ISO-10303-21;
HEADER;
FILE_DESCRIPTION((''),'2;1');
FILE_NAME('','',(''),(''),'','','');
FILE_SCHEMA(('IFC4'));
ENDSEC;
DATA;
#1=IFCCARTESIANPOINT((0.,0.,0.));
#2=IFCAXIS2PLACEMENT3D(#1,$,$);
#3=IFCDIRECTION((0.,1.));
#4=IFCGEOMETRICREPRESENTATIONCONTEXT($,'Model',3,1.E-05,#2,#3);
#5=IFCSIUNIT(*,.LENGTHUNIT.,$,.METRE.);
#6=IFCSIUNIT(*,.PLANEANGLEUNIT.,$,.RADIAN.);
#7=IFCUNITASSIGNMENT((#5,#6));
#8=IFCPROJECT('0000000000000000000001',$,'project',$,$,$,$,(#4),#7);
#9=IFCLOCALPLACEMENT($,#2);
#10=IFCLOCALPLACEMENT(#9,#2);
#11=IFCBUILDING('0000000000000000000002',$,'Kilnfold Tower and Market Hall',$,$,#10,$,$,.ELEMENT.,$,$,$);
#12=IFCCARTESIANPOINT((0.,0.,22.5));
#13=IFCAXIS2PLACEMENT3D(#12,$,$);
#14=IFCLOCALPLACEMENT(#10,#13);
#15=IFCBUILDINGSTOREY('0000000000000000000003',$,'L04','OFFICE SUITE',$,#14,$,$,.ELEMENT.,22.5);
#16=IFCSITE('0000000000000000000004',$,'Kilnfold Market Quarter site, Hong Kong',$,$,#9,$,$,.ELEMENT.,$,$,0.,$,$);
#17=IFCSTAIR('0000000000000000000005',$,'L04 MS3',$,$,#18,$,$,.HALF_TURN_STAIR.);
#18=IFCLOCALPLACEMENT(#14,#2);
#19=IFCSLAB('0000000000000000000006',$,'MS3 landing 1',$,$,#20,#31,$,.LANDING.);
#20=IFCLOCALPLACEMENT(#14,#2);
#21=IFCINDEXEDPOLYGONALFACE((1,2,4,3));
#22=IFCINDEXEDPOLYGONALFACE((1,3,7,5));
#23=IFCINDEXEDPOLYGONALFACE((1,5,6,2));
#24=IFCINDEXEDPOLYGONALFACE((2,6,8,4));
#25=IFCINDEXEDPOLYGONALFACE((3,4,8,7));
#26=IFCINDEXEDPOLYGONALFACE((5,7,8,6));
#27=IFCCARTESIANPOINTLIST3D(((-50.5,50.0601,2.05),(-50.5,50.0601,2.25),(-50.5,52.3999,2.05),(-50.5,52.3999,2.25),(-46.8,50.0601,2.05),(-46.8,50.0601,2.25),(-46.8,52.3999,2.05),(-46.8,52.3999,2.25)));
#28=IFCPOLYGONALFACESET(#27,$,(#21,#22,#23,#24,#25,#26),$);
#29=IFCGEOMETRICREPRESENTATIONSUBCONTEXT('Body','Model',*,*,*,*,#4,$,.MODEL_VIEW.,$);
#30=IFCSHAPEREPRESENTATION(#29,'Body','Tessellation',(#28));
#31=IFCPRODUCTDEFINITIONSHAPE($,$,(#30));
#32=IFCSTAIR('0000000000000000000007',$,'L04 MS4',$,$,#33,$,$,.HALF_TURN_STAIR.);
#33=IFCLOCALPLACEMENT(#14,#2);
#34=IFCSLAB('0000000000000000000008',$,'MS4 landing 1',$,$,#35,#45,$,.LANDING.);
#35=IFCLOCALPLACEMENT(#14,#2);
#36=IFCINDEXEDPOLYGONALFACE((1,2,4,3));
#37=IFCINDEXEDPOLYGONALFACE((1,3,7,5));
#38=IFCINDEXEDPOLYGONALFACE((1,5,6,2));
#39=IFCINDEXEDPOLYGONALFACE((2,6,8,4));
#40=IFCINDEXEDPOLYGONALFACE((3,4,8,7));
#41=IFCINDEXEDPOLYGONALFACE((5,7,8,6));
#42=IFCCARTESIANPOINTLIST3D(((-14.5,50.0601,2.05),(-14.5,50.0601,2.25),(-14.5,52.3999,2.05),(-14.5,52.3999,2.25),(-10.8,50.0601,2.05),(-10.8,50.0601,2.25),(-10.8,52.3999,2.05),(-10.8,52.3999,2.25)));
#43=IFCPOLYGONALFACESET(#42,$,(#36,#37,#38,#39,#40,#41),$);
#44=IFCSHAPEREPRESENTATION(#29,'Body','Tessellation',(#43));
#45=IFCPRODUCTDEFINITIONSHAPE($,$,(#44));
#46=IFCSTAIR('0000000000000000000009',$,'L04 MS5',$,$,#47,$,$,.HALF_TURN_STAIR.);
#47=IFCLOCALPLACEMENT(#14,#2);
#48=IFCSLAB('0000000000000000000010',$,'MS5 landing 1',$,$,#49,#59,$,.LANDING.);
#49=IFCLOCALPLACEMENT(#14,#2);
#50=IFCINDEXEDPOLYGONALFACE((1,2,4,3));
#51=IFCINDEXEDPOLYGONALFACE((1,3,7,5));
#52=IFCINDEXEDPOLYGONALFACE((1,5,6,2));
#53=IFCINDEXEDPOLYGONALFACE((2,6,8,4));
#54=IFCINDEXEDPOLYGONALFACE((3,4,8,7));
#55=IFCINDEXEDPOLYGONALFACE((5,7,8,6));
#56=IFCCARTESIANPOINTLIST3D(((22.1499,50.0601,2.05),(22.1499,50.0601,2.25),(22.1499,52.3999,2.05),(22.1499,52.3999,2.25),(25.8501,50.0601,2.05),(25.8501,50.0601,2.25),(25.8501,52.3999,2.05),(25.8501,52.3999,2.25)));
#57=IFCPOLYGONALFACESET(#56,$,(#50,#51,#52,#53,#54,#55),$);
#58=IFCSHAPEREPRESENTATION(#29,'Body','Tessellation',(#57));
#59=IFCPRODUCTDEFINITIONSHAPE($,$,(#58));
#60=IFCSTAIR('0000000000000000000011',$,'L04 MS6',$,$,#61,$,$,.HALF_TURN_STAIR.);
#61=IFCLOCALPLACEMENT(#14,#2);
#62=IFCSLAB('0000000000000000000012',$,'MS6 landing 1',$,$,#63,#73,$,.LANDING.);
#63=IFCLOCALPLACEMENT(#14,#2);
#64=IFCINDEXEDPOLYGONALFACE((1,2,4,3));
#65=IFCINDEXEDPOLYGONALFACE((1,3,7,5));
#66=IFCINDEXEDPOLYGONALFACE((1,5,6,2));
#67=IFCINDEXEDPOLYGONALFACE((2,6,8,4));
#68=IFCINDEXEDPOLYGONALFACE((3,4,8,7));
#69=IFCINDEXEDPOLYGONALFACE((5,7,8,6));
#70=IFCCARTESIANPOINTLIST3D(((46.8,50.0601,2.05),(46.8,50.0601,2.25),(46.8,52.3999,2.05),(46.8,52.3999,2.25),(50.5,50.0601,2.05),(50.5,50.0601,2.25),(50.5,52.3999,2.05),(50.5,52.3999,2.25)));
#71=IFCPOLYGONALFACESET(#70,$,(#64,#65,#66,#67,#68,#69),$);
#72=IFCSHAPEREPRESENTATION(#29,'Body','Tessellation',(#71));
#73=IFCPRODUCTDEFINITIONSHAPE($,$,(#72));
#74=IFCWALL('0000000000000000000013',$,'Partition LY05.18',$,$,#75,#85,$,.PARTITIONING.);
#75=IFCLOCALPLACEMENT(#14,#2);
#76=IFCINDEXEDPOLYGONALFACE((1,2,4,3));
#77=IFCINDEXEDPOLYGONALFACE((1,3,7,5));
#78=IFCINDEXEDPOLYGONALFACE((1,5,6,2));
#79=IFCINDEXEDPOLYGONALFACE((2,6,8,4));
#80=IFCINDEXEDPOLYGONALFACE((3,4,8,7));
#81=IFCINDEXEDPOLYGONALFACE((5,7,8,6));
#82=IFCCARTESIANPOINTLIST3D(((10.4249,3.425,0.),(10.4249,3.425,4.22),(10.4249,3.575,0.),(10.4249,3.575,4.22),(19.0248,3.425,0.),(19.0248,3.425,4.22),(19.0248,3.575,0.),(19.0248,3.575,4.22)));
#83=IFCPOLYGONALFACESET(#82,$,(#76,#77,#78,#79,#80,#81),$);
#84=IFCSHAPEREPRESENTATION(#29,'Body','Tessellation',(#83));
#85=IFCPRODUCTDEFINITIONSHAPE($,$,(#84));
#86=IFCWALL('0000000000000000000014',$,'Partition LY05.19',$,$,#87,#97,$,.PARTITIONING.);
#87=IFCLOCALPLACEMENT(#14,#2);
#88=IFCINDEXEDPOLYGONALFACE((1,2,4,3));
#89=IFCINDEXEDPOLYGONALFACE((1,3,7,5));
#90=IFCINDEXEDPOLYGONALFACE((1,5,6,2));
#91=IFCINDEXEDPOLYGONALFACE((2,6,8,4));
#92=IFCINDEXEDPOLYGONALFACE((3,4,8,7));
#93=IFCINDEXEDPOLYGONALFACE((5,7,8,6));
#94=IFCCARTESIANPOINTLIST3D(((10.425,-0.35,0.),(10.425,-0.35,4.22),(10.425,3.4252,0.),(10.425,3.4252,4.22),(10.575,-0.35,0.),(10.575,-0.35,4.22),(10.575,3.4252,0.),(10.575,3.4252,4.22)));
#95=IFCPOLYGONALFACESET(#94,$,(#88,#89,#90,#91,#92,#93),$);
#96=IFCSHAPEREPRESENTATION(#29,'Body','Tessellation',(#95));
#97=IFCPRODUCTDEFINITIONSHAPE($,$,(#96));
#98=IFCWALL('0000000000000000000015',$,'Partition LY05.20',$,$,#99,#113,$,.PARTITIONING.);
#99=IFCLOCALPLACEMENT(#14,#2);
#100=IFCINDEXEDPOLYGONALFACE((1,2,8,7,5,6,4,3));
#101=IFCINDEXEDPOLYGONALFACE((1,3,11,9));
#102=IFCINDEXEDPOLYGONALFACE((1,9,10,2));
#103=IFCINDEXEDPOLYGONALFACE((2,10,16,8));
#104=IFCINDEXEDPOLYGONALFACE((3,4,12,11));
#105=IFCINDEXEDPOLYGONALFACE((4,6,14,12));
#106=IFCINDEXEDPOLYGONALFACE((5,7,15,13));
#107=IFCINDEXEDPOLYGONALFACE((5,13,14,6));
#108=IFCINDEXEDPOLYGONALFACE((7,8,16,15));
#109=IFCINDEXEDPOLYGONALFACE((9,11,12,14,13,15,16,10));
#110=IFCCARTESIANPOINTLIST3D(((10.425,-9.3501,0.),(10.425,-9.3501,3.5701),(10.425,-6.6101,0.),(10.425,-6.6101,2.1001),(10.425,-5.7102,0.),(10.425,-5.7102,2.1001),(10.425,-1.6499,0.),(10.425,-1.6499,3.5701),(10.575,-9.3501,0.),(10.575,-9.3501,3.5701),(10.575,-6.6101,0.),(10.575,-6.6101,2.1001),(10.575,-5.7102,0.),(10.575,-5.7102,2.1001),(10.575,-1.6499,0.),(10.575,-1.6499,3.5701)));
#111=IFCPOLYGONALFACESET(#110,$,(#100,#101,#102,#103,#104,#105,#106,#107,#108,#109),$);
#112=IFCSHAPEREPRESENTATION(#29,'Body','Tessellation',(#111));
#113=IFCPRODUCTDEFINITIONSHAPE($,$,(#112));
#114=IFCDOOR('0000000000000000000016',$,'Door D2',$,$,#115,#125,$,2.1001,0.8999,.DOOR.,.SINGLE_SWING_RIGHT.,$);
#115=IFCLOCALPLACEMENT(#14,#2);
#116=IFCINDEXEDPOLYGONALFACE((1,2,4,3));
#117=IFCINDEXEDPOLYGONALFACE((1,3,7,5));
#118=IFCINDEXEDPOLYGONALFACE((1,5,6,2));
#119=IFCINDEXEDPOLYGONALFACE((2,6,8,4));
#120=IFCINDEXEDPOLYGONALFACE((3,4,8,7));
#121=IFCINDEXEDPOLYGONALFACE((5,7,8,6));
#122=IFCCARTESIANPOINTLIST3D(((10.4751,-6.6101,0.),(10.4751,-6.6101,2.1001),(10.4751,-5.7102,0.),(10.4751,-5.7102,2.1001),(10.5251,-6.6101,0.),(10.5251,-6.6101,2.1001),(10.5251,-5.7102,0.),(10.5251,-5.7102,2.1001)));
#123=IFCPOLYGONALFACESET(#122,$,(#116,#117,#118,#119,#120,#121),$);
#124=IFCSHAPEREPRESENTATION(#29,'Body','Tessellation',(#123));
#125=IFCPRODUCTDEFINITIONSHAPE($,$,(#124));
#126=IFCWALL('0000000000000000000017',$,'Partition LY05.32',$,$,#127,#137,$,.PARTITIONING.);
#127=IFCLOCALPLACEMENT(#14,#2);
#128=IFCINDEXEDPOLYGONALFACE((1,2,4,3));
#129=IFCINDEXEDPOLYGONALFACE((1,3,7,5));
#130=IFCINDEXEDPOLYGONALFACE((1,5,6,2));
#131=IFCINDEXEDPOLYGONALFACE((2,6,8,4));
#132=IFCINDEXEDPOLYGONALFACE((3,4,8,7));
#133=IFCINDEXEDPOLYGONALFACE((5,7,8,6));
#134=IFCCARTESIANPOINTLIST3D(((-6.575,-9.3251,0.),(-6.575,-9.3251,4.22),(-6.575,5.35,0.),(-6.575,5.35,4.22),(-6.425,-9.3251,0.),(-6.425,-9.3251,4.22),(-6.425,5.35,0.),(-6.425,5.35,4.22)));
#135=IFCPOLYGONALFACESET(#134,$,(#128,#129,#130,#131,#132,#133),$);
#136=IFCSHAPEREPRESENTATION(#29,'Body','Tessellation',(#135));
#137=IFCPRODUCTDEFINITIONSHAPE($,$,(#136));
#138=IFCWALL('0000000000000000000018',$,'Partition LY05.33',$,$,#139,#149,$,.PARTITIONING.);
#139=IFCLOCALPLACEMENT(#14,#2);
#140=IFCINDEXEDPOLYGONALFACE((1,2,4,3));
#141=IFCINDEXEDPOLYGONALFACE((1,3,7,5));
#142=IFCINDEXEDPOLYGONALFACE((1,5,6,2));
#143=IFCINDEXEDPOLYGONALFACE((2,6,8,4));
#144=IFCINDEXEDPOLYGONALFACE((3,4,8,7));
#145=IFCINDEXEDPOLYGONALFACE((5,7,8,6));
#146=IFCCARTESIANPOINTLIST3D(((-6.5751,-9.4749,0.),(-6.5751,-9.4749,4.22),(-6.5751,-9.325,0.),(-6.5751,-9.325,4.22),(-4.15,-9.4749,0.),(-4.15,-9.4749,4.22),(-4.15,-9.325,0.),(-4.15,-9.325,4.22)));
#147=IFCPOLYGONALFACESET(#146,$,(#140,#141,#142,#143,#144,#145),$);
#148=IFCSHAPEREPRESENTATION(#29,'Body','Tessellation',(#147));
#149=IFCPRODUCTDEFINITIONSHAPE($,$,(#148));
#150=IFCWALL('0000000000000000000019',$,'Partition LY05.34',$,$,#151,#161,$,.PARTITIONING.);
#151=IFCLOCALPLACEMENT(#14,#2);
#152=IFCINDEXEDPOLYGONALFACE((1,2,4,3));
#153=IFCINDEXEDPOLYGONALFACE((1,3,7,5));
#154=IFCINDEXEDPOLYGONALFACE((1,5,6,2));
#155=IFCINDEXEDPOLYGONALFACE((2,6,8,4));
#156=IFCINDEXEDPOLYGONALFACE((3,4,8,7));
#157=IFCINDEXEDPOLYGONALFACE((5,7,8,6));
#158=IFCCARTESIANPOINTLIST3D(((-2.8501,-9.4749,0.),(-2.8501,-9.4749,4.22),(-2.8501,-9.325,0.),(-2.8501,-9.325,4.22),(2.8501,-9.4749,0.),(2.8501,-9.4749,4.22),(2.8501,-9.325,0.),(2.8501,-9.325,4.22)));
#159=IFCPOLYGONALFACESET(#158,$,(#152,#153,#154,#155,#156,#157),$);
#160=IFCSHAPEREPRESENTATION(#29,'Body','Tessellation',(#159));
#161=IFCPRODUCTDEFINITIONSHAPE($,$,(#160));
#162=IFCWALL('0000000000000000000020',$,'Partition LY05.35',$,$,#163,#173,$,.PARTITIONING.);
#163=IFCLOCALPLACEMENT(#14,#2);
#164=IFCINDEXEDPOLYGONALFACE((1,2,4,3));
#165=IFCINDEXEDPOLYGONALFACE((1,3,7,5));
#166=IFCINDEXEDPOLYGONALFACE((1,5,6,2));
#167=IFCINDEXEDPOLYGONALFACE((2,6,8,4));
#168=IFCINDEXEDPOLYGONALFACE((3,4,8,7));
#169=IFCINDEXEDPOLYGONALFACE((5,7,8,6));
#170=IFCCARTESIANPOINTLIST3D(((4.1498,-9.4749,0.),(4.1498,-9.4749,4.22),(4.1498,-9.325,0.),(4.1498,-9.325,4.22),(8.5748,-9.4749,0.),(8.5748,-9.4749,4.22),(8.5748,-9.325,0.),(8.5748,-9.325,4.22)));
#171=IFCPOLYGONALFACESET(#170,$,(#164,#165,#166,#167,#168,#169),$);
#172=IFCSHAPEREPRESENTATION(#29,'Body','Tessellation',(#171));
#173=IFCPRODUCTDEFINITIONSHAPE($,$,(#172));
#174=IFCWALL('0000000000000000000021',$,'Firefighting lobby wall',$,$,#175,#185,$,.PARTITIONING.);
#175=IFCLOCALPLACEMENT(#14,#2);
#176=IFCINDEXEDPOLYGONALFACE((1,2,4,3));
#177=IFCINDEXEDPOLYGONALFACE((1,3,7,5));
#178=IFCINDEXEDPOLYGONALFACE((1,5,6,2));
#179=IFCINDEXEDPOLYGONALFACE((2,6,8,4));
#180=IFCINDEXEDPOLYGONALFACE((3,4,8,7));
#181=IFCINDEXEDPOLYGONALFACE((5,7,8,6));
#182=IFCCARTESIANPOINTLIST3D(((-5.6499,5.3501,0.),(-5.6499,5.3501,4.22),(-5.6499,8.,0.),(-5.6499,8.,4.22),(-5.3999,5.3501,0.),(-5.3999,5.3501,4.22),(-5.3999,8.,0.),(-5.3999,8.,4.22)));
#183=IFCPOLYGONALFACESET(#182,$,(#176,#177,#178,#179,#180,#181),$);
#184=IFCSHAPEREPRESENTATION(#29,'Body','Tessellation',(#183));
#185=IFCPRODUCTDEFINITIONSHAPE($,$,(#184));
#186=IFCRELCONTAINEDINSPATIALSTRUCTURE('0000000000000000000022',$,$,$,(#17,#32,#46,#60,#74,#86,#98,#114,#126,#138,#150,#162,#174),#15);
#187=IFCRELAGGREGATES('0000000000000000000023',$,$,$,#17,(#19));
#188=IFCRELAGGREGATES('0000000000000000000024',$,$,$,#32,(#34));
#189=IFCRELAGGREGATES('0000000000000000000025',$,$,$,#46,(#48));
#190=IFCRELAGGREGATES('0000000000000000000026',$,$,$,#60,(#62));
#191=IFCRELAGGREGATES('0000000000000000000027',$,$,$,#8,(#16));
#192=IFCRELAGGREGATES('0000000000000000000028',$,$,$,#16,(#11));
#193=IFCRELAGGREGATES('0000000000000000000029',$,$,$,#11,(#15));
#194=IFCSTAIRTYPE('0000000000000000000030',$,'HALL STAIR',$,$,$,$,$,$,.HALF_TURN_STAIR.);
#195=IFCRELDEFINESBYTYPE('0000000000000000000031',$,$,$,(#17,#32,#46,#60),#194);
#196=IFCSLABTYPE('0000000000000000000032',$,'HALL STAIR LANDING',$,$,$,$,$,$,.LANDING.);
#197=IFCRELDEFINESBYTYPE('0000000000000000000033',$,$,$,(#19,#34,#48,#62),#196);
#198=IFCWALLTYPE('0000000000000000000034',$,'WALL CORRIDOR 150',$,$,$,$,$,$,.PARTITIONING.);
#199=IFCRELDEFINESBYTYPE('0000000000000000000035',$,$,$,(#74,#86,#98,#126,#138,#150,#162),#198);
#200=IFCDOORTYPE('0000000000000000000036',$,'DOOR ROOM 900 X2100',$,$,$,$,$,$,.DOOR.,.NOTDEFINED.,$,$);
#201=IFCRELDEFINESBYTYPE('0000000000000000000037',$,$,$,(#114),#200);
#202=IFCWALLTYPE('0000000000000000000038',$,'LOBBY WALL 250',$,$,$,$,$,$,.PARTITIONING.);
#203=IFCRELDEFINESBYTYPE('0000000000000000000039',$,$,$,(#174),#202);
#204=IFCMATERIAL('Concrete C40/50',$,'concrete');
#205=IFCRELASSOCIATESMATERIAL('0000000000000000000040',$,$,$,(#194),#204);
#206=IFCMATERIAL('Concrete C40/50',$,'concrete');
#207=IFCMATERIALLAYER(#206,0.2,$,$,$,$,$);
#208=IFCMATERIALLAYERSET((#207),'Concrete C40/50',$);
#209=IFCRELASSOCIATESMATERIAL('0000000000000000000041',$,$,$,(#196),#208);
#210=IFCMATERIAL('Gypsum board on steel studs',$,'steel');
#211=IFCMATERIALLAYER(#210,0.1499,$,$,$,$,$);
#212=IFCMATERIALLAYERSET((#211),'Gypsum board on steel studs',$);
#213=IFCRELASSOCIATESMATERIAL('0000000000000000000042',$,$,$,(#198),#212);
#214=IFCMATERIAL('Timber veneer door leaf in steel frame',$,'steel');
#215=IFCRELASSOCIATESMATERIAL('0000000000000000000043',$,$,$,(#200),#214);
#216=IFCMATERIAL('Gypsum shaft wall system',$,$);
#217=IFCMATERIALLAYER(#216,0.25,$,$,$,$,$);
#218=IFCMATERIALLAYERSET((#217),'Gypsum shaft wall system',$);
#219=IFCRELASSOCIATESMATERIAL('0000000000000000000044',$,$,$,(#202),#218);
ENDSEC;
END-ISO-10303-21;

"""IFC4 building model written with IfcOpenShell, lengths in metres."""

from ifc_helpers import new_model, si_unit, direction, frame, frame_2d, origin, place, context, subcontext, project, spatial, polyline, rectangle, outline, extrude, source, transform, mapped, material, layer, layer_set, type_object, element, fill, aggregate, save


model = new_model("IFC4")

# Units and contexts
model_context = context("Model", 3, precision=1e-05, world=origin(), true_north=direction((0.0, 1.0)))
body_context = subcontext(model_context, "Body", "Model", "MODEL_VIEW")
ifc_project = project(units=[si_unit("LENGTHUNIT", "METRE"), si_unit("PLANEANGLEUNIT", "RADIAN")], contexts=[model_context])

# Site, building, storey
site_placement = place(None, origin())
site = spatial("IfcSite", under=ifc_project, at=site_placement, Name="Kilnfold Market Quarter site, Hong Kong", CompositionType="ELEMENT", RefElevation=0.0)
building_placement = place(site_placement, origin())
building = spatial("IfcBuilding", under=site, at=building_placement, Name="Kilnfold Tower and Market Hall", CompositionType="ELEMENT")
storey_placement = place(building_placement, frame((0.0, 0.0, 22.5)))
storey = spatial("IfcBuildingStorey", under=building, at=storey_placement, Name="L04", Description="OFFICE SUITE", CompositionType="ELEMENT", Elevation=22.5)

# Stairs, slabs
ifc_material_1 = material(Name="Concrete C40/50", Category="concrete")
stair_type_1 = type_object("IfcStairType", Name="HALL STAIR", PredefinedType="HALF_TURN_STAIR", material=ifc_material_1)
ifc_material_2 = material(Name="Concrete C40/50", Category="concrete")
ifc_layer_1 = layer(ifc_material_2, 0.2)
ifc_layer_set_1 = layer_set([ifc_layer_1], Name="Concrete C40/50")
slab_type_1 = type_object("IfcSlabType", Name="HALL STAIR LANDING", PredefinedType="LANDING", material=ifc_layer_set_1)
stair_1_placement = place(storey_placement, origin())
stair_1 = element("IfcStair", 1, at=stair_1_placement, inside=storey, type_object=stair_type_1, Name="L04 MS3", PredefinedType="HALF_TURN_STAIR")
shared_shape_1 = source(origin(), body_context, "Body", "SweptSolid", [
    extrude(outline(polyline([(-46.8, 50.0601), (-46.8, 52.3999), (-50.5, 52.3999), (-50.5, 50.0601), (-46.8, 50.0601)])), origin(), (0.0, 0.0, 1.0), 0.2),
])
slab_1_placement = place(storey_placement, frame((0.0, 0.0, 2.05)))
slab_1 = element("IfcSlab", 2, at=slab_1_placement, type_object=slab_type_1, Name="MS3 landing 1", PredefinedType="LANDING", context=body_context, shape_type="MappedRepresentation", body=[
    mapped(shared_shape_1, transform((0.0, 0.0, 0.0))),
])
aggregate(stair_1, [slab_1])
stair_2_placement = place(storey_placement, origin())
stair_2 = element("IfcStair", 3, at=stair_2_placement, inside=storey, type_object=stair_type_1, Name="L04 MS4", PredefinedType="HALF_TURN_STAIR")
shared_shape_2 = source(origin(), body_context, "Body", "SweptSolid", [
    extrude(outline(polyline([(-10.8, 50.0601), (-10.8, 52.3999), (-14.5, 52.3999), (-14.5, 50.0601), (-10.8, 50.0601)])), origin(), (0.0, 0.0, 1.0), 0.2),
])
slab_2_placement = place(storey_placement, frame((0.0, 0.0, 2.05)))
slab_2 = element("IfcSlab", 4, at=slab_2_placement, type_object=slab_type_1, Name="MS4 landing 1", PredefinedType="LANDING", context=body_context, shape_type="MappedRepresentation", body=[
    mapped(shared_shape_2, transform((0.0, 0.0, 0.0))),
])
aggregate(stair_2, [slab_2])
stair_3_placement = place(storey_placement, origin())
stair_3 = element("IfcStair", 5, at=stair_3_placement, inside=storey, type_object=stair_type_1, Name="L04 MS5", PredefinedType="HALF_TURN_STAIR")
shared_shape_3 = source(origin(), body_context, "Body", "SweptSolid", [
    extrude(outline(polyline([(25.8501, 50.0601), (25.8501, 52.3999), (22.1499, 52.3999), (22.1499, 50.0601), (25.8501, 50.0601)])), origin(), (0.0, 0.0, 1.0), 0.2),
])
slab_3_placement = place(storey_placement, frame((0.0, 0.0, 2.05)))
slab_3 = element("IfcSlab", 6, at=slab_3_placement, type_object=slab_type_1, Name="MS5 landing 1", PredefinedType="LANDING", context=body_context, shape_type="MappedRepresentation", body=[
    mapped(shared_shape_3, transform((0.0, 0.0, 0.0))),
])
aggregate(stair_3, [slab_3])
stair_4_placement = place(storey_placement, origin())
stair_4 = element("IfcStair", 7, at=stair_4_placement, inside=storey, type_object=stair_type_1, Name="L04 MS6", PredefinedType="HALF_TURN_STAIR")
shared_shape_4 = source(origin(), body_context, "Body", "SweptSolid", [
    extrude(outline(polyline([(50.5, 50.0601), (50.5, 52.3999), (46.8, 52.3999), (46.8, 50.0601), (50.5, 50.0601)])), origin(), (0.0, 0.0, 1.0), 0.2),
])
slab_4_placement = place(storey_placement, frame((0.0, 0.0, 2.05)))
slab_4 = element("IfcSlab", 8, at=slab_4_placement, type_object=slab_type_1, Name="MS6 landing 1", PredefinedType="LANDING", context=body_context, shape_type="MappedRepresentation", body=[
    mapped(shared_shape_4, transform((0.0, 0.0, 0.0))),
])
aggregate(stair_4, [slab_4])

# Walls
ifc_material_3 = material(Name="Gypsum board on steel studs", Category="steel")
ifc_layer_2 = layer(ifc_material_3, 0.1499)
ifc_layer_set_2 = layer_set([ifc_layer_2], Name="Gypsum board on steel studs")
wall_type_1 = type_object("IfcWallType", Name="WALL CORRIDOR 150", PredefinedType="PARTITIONING", material=ifc_layer_set_2)
wall_1_placement = place(storey_placement, frame((10.425, 3.5, 0.0), z_axis=(0.0, 0.0, 1.0), x_axis=(1.0, 0.0, 0.0)))
element("IfcWall", 9, at=wall_1_placement, inside=storey, type_object=wall_type_1, Name="Partition LY05.18", PredefinedType="PARTITIONING", context=body_context, shape_type="SweptSolid", body=[
    extrude(rectangle(XDim=8.5999, YDim=0.1499, at=frame_2d((4.2998, 0.0))), origin(), (0.0, 0.0, 1.0), 4.22),
])
wall_2_placement = place(storey_placement, frame((10.5, -0.3501, 0.0), z_axis=(0.0, 0.0, 1.0), x_axis=(0.0, 1.0, 0.0)))
element("IfcWall", 10, at=wall_2_placement, inside=storey, type_object=wall_type_1, Name="Partition LY05.19", PredefinedType="PARTITIONING", context=body_context, shape_type="SweptSolid", body=[
    extrude(rectangle(XDim=3.7751, YDim=0.1499, at=frame_2d((1.8877, 0.0))), origin(), (0.0, 0.0, 1.0), 4.22),
])

# Wall, opening, door
wall_3_placement = place(storey_placement, frame((10.5, -9.3501, 0.0), z_axis=(0.0, 0.0, 1.0), x_axis=(0.0, 1.0, 0.0)))
wall_3 = element("IfcWall", 11, at=wall_3_placement, inside=storey, type_object=wall_type_1, Name="Partition LY05.20", PredefinedType="PARTITIONING", context=body_context, shape_type="SweptSolid", body=[
    extrude(rectangle(XDim=7.7002, YDim=0.1499, at=frame_2d((3.8501, 0.0))), origin(), (0.0, 0.0, 1.0), 3.5701),
])
opening_placement = place(wall_3_placement, frame((2.74, 0.0, 0.0)))
opening = element("IfcOpeningElement", 12, at=opening_placement, cuts=wall_3, PredefinedType="OPENING", context=body_context, shape_type="SweptSolid", body=[
    extrude(rectangle(XDim=0.8999, YDim=2.1001, at=frame_2d((0.45, 1.05))), frame((0.0, 0.085, 0.0), z_axis=(0.0, -1.0, 0.0), x_axis=(1.0, 0.0, 0.0)), (0.0, 0.0, 1.0), 0.1699),
])
ifc_material_4 = material(Name="Timber veneer door leaf in steel frame", Category="steel")
door_type = type_object("IfcDoorType", Name="DOOR ROOM 900 X2100", OperationType="NOTDEFINED", PredefinedType="DOOR", material=ifc_material_4)
door_placement = place(opening_placement, origin())
door = element("IfcDoor", 13, at=door_placement, inside=storey, type_object=door_type, Name="Door D2", OperationType="SINGLE_SWING_RIGHT", OverallHeight=2.1001, OverallWidth=0.8999, PredefinedType="DOOR", context=body_context, shape_type="SweptSolid", body=[
    extrude(rectangle(XDim=0.8999, YDim=2.1001, at=frame_2d((0.45, 1.05))), frame((0.0, 0.0249, 0.0), z_axis=(0.0, -1.0, 0.0), x_axis=(1.0, 0.0, 0.0)), (0.0, 0.0, 1.0), 0.05),
])
fill(opening, door)

# Walls
wall_4_placement = place(storey_placement, frame((-6.5, -9.325, 0.0), z_axis=(0.0, 0.0, 1.0), x_axis=(0.0, 1.0, 0.0)))
element("IfcWall", 14, at=wall_4_placement, inside=storey, type_object=wall_type_1, Name="Partition LY05.32", PredefinedType="PARTITIONING", context=body_context, shape_type="SweptSolid", body=[
    extrude(rectangle(XDim=14.675, YDim=0.1499, at=frame_2d((7.3374, 0.0))), origin(), (0.0, 0.0, 1.0), 4.22),
])
wall_5_placement = place(storey_placement, frame((-6.575, -9.3999, 0.0), z_axis=(0.0, 0.0, 1.0), x_axis=(1.0, 0.0, 0.0)))
element("IfcWall", 15, at=wall_5_placement, inside=storey, type_object=wall_type_1, Name="Partition LY05.33", PredefinedType="PARTITIONING", context=body_context, shape_type="SweptSolid", body=[
    extrude(rectangle(XDim=2.425, YDim=0.1499, at=frame_2d((1.2124, 0.0))), origin(), (0.0, 0.0, 1.0), 4.22),
])
wall_6_placement = place(storey_placement, frame((-2.8501, -9.3999, 0.0), z_axis=(0.0, 0.0, 1.0), x_axis=(1.0, 0.0, 0.0)))
element("IfcWall", 16, at=wall_6_placement, inside=storey, type_object=wall_type_1, Name="Partition LY05.34", PredefinedType="PARTITIONING", context=body_context, shape_type="SweptSolid", body=[
    extrude(rectangle(XDim=5.7002, YDim=0.1499, at=frame_2d((2.8501, 0.0))), origin(), (0.0, 0.0, 1.0), 4.22),
])
wall_7_placement = place(storey_placement, frame((4.1499, -9.3999, 0.0), z_axis=(0.0, 0.0, 1.0), x_axis=(1.0, 0.0, 0.0)))
element("IfcWall", 17, at=wall_7_placement, inside=storey, type_object=wall_type_1, Name="Partition LY05.35", PredefinedType="PARTITIONING", context=body_context, shape_type="SweptSolid", body=[
    extrude(rectangle(XDim=4.425, YDim=0.1499, at=frame_2d((2.2124, 0.0))), origin(), (0.0, 0.0, 1.0), 4.22),
])
ifc_material_5 = material(Name="Gypsum shaft wall system")
ifc_layer_3 = layer(ifc_material_5, 0.25)
ifc_layer_set_3 = layer_set([ifc_layer_3], Name="Gypsum shaft wall system")
wall_type_2 = type_object("IfcWallType", Name="LOBBY WALL 250", PredefinedType="PARTITIONING", material=ifc_layer_set_3)
shared_shape_5 = source(origin(), body_context, "Body", "SweptSolid", [
    extrude(rectangle(XDim=2.6499, YDim=0.25, at=frame_2d((1.325, 0.0))), origin(), (0.0, 0.0, 1.0), 4.22),
])
wall_8_placement = place(storey_placement, frame((-5.5249, 5.3501, 0.0), z_axis=(0.0, 0.0, 1.0), x_axis=(0.0, 1.0, 0.0)))
element("IfcWall", 18, at=wall_8_placement, inside=storey, type_object=wall_type_2, Name="Firefighting lobby wall", PredefinedType="PARTITIONING", context=body_context, shape_type="MappedRepresentation", body=[
    mapped(shared_shape_5, transform((0.0, 0.0, 0.0))),
])

save(model, "model.ifc")
